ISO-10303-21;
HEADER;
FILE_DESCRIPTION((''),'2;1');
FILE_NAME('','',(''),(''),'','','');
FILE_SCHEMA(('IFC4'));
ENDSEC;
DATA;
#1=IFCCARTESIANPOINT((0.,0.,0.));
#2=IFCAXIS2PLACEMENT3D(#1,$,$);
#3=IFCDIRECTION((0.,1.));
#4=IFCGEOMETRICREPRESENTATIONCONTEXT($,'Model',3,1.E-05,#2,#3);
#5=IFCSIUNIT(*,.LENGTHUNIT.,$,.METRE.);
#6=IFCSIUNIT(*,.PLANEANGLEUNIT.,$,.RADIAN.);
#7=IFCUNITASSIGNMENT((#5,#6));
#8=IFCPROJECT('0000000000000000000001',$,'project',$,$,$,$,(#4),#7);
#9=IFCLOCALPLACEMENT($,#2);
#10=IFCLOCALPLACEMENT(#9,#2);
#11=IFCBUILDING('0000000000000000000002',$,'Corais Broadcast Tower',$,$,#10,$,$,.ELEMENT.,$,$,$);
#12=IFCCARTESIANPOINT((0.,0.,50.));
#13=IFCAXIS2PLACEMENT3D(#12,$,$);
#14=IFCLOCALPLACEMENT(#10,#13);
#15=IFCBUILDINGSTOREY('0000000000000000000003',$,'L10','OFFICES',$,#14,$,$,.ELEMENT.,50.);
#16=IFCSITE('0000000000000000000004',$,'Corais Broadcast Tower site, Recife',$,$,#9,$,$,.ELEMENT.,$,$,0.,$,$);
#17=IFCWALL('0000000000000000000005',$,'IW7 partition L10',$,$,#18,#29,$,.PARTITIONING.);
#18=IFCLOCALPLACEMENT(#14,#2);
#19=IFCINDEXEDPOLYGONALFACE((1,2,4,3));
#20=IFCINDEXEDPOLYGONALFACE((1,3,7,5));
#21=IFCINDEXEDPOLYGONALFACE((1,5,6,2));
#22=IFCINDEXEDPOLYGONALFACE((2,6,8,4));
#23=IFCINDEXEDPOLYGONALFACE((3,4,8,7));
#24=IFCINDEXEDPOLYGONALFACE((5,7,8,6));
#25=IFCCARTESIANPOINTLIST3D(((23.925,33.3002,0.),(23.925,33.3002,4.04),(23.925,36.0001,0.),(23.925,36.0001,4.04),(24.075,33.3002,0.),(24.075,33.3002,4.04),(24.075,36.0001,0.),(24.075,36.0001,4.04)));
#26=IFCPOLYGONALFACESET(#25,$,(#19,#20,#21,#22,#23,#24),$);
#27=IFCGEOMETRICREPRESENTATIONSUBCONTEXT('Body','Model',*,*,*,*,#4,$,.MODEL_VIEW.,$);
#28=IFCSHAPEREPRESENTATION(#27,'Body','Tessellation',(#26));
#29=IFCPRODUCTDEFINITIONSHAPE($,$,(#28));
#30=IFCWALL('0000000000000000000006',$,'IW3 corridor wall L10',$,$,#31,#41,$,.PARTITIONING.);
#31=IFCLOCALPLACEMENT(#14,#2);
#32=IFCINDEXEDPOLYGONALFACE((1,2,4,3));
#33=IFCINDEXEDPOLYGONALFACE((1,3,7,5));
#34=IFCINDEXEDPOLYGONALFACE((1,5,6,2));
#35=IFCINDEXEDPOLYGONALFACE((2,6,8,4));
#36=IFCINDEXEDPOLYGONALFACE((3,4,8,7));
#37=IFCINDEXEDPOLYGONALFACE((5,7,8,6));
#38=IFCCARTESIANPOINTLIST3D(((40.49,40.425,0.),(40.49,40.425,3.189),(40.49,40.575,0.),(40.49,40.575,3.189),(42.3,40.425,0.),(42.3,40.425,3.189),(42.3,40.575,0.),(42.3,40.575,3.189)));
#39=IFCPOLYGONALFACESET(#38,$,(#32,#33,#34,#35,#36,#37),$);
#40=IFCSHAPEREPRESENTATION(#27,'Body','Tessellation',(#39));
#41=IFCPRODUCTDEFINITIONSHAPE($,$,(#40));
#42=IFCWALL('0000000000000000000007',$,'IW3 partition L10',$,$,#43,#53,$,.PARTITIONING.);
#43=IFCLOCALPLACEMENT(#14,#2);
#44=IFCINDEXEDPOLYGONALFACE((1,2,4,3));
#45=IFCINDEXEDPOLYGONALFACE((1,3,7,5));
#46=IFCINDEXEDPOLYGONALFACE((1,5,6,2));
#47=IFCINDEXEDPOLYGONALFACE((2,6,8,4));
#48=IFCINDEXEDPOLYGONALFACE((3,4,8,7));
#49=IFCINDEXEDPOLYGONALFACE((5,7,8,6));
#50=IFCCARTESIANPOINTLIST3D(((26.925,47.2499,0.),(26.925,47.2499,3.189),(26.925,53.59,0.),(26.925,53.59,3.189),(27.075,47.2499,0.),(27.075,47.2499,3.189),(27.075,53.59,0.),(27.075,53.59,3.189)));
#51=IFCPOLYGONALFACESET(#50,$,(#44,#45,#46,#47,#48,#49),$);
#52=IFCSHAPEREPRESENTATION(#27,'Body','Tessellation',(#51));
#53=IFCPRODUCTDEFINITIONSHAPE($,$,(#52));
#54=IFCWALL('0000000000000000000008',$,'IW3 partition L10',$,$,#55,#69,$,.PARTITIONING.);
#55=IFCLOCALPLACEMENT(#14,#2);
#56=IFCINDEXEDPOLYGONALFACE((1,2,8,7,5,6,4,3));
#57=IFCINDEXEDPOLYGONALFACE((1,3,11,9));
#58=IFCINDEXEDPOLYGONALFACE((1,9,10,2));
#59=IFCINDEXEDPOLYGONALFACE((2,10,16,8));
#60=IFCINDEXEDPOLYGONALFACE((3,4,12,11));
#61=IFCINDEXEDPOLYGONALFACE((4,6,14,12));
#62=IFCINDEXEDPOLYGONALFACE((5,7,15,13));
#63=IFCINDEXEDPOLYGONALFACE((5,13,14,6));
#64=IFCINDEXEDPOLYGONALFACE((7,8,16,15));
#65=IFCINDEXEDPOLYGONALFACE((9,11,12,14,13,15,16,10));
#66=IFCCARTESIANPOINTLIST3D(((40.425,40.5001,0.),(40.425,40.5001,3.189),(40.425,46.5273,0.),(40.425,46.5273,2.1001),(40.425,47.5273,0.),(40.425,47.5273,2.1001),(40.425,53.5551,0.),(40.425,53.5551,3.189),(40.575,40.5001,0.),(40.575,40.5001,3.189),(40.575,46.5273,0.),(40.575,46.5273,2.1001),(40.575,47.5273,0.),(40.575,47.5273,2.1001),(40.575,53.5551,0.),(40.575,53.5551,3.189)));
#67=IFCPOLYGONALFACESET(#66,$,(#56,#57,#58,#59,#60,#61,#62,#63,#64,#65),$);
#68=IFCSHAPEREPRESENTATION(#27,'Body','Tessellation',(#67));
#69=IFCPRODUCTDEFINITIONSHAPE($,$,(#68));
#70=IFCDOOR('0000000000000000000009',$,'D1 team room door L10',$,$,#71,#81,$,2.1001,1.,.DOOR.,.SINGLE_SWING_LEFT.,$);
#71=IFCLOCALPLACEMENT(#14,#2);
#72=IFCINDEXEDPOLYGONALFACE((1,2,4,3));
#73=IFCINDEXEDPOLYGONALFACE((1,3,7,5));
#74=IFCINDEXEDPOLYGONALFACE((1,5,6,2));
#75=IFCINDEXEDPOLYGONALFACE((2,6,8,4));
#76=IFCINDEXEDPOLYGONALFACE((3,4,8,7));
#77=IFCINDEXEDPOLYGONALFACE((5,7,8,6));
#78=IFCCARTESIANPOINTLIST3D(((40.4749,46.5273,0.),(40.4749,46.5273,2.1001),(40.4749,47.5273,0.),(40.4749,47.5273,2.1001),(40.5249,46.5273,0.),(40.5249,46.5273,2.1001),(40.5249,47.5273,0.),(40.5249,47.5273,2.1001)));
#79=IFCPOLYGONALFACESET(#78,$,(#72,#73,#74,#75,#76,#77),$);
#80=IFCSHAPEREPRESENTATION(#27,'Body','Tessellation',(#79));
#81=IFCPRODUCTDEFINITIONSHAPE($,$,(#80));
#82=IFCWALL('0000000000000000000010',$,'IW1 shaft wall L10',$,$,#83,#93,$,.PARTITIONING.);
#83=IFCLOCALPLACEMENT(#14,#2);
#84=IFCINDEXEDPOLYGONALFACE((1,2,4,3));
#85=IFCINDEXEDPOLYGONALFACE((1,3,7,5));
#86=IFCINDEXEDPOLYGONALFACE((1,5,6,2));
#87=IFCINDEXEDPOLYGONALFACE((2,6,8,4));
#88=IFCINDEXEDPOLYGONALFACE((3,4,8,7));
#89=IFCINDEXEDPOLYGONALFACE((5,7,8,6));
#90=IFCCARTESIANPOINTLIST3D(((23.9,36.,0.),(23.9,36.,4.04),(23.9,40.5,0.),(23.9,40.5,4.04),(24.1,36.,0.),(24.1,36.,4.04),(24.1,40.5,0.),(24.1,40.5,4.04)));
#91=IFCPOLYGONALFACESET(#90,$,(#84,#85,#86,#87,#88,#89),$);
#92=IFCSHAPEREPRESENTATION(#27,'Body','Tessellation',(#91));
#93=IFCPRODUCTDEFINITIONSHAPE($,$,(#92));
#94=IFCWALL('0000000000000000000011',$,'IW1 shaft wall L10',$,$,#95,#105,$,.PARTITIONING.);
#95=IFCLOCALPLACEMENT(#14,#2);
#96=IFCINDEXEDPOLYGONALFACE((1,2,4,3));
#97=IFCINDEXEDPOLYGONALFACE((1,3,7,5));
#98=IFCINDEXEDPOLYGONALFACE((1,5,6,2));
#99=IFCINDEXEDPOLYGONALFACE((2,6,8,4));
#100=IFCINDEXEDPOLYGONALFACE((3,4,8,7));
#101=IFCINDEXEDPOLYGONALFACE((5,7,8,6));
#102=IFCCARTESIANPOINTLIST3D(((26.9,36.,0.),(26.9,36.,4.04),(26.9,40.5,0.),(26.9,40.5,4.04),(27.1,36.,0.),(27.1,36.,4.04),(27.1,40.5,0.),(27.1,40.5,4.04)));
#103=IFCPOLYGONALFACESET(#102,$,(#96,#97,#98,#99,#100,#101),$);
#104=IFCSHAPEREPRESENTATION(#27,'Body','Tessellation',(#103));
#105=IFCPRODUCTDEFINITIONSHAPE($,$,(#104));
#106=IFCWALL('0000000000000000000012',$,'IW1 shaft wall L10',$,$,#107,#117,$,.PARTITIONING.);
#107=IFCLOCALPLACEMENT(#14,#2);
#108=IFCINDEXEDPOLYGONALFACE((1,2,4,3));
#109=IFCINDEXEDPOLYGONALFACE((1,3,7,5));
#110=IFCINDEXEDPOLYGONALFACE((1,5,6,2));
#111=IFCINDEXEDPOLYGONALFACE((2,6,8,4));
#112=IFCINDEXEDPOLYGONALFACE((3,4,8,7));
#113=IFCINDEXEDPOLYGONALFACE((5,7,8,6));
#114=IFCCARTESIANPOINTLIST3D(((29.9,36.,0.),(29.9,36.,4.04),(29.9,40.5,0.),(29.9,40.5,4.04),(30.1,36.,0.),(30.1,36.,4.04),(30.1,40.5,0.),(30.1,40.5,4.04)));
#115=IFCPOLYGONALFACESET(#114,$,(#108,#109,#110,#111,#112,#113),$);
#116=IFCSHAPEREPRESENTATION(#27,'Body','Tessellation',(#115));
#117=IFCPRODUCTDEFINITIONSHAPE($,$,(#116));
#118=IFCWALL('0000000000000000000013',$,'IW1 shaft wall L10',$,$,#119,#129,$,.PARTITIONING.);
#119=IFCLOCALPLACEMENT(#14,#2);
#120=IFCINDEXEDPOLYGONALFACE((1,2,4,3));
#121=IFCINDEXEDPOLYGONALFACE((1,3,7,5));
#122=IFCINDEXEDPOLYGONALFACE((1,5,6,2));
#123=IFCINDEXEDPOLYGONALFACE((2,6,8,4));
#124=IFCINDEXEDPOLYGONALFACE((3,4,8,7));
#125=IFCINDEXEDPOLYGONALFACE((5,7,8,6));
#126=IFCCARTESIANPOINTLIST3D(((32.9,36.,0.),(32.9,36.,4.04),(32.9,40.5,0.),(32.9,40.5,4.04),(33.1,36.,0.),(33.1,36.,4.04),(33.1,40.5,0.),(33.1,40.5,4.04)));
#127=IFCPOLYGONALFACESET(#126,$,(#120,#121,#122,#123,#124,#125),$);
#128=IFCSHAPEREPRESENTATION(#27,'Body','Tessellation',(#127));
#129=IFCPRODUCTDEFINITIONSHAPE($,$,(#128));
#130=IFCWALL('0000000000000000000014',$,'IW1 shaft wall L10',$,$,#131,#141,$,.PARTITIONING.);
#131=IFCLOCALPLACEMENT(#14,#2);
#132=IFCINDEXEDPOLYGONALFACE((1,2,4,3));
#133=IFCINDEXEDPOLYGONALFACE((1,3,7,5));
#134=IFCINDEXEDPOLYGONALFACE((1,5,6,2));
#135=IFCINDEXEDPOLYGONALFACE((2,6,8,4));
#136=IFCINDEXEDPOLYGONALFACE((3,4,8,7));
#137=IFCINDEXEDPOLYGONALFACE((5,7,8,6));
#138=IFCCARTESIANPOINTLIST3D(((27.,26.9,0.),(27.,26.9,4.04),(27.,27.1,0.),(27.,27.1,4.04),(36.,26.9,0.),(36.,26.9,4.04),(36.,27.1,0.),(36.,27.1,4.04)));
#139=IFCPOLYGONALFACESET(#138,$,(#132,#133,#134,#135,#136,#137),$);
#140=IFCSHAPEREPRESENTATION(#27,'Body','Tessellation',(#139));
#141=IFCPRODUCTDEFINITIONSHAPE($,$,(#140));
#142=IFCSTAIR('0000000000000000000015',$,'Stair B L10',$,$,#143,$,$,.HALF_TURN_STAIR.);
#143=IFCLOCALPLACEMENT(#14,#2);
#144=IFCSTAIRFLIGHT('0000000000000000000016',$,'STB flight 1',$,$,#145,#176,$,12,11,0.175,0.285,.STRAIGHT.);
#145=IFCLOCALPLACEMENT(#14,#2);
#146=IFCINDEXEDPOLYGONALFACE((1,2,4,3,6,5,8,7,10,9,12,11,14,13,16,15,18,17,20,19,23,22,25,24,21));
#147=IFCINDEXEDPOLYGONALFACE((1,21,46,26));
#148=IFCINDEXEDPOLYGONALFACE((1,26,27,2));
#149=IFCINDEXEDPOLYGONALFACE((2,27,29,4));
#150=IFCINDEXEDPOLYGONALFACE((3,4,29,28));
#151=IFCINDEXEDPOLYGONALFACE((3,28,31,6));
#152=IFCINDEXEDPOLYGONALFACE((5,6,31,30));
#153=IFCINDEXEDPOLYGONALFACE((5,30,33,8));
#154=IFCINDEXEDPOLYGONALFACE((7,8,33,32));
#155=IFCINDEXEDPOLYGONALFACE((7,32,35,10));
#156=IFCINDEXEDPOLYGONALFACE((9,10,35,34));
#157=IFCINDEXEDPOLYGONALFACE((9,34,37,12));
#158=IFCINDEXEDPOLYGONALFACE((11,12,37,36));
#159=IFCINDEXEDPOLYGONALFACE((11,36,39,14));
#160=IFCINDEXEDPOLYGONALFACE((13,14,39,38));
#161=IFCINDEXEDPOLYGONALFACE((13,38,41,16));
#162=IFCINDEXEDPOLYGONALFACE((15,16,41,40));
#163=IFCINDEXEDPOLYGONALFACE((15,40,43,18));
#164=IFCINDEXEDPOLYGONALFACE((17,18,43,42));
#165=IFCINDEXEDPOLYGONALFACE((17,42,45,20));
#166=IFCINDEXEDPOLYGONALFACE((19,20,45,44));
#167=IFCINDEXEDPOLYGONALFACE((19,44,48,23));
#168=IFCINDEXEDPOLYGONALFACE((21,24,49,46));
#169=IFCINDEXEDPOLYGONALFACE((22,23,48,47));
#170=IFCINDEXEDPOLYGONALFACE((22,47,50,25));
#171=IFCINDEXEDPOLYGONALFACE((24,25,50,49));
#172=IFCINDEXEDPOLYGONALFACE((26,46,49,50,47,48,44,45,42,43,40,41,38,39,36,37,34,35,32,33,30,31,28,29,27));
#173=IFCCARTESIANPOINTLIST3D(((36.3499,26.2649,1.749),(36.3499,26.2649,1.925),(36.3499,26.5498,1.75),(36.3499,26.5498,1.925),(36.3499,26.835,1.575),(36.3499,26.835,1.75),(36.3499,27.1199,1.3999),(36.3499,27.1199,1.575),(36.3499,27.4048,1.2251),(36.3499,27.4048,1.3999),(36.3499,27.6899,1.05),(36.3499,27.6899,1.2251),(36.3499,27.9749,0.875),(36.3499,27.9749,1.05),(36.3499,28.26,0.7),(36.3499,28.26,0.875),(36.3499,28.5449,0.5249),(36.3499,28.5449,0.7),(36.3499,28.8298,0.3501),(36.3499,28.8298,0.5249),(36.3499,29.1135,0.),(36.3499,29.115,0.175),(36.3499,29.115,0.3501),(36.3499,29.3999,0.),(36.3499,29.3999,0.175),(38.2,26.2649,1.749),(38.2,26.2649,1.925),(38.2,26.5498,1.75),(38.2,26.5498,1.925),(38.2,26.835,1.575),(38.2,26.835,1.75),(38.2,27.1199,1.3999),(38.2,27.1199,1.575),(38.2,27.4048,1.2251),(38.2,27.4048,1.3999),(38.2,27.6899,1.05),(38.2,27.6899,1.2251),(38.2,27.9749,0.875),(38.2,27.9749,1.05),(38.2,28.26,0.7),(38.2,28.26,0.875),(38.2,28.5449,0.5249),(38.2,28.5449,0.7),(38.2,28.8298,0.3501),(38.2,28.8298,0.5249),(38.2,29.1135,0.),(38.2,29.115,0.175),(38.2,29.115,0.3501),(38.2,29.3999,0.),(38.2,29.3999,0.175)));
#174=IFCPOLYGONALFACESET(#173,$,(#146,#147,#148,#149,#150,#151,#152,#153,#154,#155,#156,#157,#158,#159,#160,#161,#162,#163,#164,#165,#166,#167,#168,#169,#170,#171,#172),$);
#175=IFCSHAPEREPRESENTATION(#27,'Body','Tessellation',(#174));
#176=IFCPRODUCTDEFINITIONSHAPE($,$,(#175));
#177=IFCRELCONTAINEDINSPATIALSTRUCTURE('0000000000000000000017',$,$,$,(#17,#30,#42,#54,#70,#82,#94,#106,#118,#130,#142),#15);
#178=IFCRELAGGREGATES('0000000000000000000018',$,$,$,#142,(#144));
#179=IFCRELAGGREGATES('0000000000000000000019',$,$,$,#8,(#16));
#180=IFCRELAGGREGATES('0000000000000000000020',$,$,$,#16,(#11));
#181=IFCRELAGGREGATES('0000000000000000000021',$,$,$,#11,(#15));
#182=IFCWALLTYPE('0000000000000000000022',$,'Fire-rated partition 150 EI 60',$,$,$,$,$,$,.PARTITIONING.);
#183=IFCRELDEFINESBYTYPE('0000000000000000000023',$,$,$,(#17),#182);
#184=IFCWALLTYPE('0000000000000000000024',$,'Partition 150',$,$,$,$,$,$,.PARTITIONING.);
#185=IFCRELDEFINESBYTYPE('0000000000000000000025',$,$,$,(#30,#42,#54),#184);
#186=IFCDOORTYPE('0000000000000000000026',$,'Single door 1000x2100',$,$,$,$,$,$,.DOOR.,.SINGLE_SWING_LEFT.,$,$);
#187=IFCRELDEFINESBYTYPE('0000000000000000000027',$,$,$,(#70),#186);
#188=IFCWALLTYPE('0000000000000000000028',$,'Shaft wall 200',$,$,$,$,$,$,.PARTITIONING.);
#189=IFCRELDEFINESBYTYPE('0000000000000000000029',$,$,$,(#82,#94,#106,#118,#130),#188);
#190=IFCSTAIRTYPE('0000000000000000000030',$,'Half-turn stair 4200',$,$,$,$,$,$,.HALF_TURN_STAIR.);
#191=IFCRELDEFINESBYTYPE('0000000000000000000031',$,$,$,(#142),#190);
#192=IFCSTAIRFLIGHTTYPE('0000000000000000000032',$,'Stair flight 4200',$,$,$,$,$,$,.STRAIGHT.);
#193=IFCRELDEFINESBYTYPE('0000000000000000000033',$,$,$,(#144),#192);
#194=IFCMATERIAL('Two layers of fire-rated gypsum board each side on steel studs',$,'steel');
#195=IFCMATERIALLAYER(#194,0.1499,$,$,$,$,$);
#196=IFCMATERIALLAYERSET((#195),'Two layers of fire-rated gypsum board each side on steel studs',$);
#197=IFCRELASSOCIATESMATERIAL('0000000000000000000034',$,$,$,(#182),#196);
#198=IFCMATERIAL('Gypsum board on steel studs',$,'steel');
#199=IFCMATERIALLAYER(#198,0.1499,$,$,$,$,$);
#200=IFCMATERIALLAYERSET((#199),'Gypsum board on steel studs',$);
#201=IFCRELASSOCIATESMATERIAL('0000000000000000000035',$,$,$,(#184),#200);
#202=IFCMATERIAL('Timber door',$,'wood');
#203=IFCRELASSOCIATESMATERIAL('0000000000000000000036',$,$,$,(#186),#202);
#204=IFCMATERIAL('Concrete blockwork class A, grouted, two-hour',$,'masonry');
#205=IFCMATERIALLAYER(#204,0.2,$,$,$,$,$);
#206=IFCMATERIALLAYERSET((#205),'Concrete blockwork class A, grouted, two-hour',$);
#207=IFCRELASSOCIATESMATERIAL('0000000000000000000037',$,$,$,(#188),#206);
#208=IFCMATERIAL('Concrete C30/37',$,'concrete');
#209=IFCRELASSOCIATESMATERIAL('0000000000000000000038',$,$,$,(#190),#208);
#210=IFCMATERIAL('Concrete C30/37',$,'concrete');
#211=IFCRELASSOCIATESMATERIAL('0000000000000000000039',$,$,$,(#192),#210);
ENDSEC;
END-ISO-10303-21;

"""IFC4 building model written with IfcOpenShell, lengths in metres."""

from ifc_helpers import new_model, si_unit, direction, frame, frame_2d, origin, place, context, subcontext, project, spatial, polyline, rectangle, outline, extrude, material, layer, layer_set, type_object, element, fill, aggregate, save


model = new_model("IFC4")

# Units and contexts
model_context = context("Model", 3, precision=1e-05, world=origin(), true_north=direction((0.0, 1.0)))
body_context = subcontext(model_context, "Body", "Model", "MODEL_VIEW")
ifc_project = project(units=[si_unit("LENGTHUNIT", "METRE"), si_unit("PLANEANGLEUNIT", "RADIAN")], contexts=[model_context])

# Site, building, storey
site_placement = place(None, origin())
site = spatial("IfcSite", under=ifc_project, at=site_placement, Name="Corais Broadcast Tower site, Recife", CompositionType="ELEMENT", RefElevation=0.0)
building_placement = place(site_placement, origin())
building = spatial("IfcBuilding", under=site, at=building_placement, Name="Corais Broadcast Tower", CompositionType="ELEMENT")
storey_placement = place(building_placement, frame((0.0, 0.0, 50.0)))
storey = spatial("IfcBuildingStorey", under=building, at=storey_placement, Name="L10", Description="OFFICES", CompositionType="ELEMENT", Elevation=50.0)

# Shared definitions
ifc_material_1 = material(Name="Two layers of fire-rated gypsum board each side on steel studs", Category="steel")
ifc_layer_1 = layer(ifc_material_1, 0.1499)
ifc_layer_set_1 = layer_set([ifc_layer_1], Name="Two layers of fire-rated gypsum board each side on steel studs")
wall_type_1 = type_object("IfcWallType", Name="Fire-rated partition 150 EI 60", PredefinedType="PARTITIONING", material=ifc_layer_set_1)

# Walls
wall_1_placement = place(storey_placement, frame((24.0, 33.3, 0.0), z_axis=(0.0, 0.0, 1.0), x_axis=(0.0, 1.0, 0.0)))
element("IfcWall", 1, at=wall_1_placement, inside=storey, type_object=wall_type_1, Name="IW7 partition L10", PredefinedType="PARTITIONING", context=body_context, shape_type="SweptSolid", body=[
    extrude(rectangle(XDim=2.7, YDim=0.1499, at=frame_2d((1.3501, 0.0))), origin(), (0.0, 0.0, 1.0), 4.04),
])
ifc_material_2 = material(Name="Gypsum board on steel studs", Category="steel")
ifc_layer_2 = layer(ifc_material_2, 0.1499)
ifc_layer_set_2 = layer_set([ifc_layer_2], Name="Gypsum board on steel studs")
wall_type_2 = type_object("IfcWallType", Name="Partition 150", PredefinedType="PARTITIONING", material=ifc_layer_set_2)
wall_2_placement = place(storey_placement, frame((42.3, 40.5, 0.0), z_axis=(0.0, 0.0, 1.0), x_axis=(-1.0, 0.0, 0.0)))
element("IfcWall", 2, at=wall_2_placement, inside=storey, type_object=wall_type_2, Name="IW3 corridor wall L10", PredefinedType="PARTITIONING", context=body_context, shape_type="SweptSolid", body=[
    extrude(rectangle(XDim=1.8101, YDim=0.1499, at=frame_2d((0.905, 0.0))), origin(), (0.0, 0.0, 1.0), 3.189),
])
wall_3_placement = place(storey_placement, frame((27.0, 47.25, 0.0), z_axis=(0.0, 0.0, 1.0), x_axis=(0.0, 1.0, 0.0)))
element("IfcWall", 3, at=wall_3_placement, inside=storey, type_object=wall_type_2, Name="IW3 partition L10", PredefinedType="PARTITIONING", context=body_context, shape_type="SweptSolid", body=[
    extrude(rectangle(XDim=6.3401, YDim=0.1499, at=frame_2d((3.1699, 0.0))), origin(), (0.0, 0.0, 1.0), 3.189),
])

# Wall, opening, door
wall_4_placement = place(storey_placement, frame((40.5, 53.5549, 0.0), z_axis=(0.0, 0.0, 1.0), x_axis=(0.0, -1.0, 0.0)))
wall_4 = element("IfcWall", 4, at=wall_4_placement, inside=storey, type_object=wall_type_2, Name="IW3 partition L10", PredefinedType="PARTITIONING", context=body_context, shape_type="SweptSolid", body=[
    extrude(rectangle(XDim=13.0549, YDim=0.1499, at=frame_2d((6.5273, 0.0))), origin(), (0.0, 0.0, 1.0), 3.189),
])
opening_1_placement = place(wall_4_placement, frame((6.0276, 0.0, 0.0)))
opening_1 = element("IfcOpeningElement", 5, at=opening_1_placement, cuts=wall_4, PredefinedType="OPENING", context=body_context, shape_type="SweptSolid", body=[
    extrude(rectangle(XDim=1.0, YDim=2.1001, at=frame_2d((0.5, 1.05))), frame((0.0, 0.085, 0.0), z_axis=(0.0, -1.0, 0.0), x_axis=(1.0, 0.0, 0.0)), (0.0, 0.0, 1.0), 0.1699),
])
ifc_material_3 = material(Name="Timber door", Category="wood")
door_type_1 = type_object("IfcDoorType", Name="Single door 1000x2100", OperationType="SINGLE_SWING_LEFT", PredefinedType="DOOR", material=ifc_material_3)
door_1_placement = place(opening_1_placement, origin())
door_1 = element("IfcDoor", 6, at=door_1_placement, inside=storey, type_object=door_type_1, Name="D1 team room door L10", OperationType="SINGLE_SWING_LEFT", OverallHeight=2.1001, OverallWidth=1.0, PredefinedType="DOOR", context=body_context, shape_type="SweptSolid", body=[
    extrude(rectangle(XDim=1.0, YDim=2.1001, at=frame_2d((0.5, 1.05))), frame((0.0, 0.0249, 0.0), z_axis=(0.0, -1.0, 0.0), x_axis=(1.0, 0.0, 0.0)), (0.0, 0.0, 1.0), 0.05),
])
fill(opening_1, door_1)

# Walls
ifc_material_4 = material(Name="Concrete blockwork class A, grouted, two-hour", Category="masonry")
ifc_layer_3 = layer(ifc_material_4, 0.2)
ifc_layer_set_3 = layer_set([ifc_layer_3], Name="Concrete blockwork class A, grouted, two-hour")
wall_type_3 = type_object("IfcWallType", Name="Shaft wall 200", PredefinedType="PARTITIONING", material=ifc_layer_set_3)
for number, where, z_axis, x_axis, name in (
    (7, (24.0, 36.0, 0.0), (0.0, 0.0, 1.0), (0.0, 1.0, 0.0), "IW1 shaft wall L10"),
    (8, (27.0, 36.0, 0.0), (0.0, 0.0, 1.0), (0.0, 1.0, 0.0), "IW1 shaft wall L10"),
    (9, (30.0, 36.0, 0.0), (0.0, 0.0, 1.0), (0.0, 1.0, 0.0), "IW1 shaft wall L10"),
    (10, (33.0, 36.0, 0.0), (0.0, 0.0, 1.0), (0.0, 1.0, 0.0), "IW1 shaft wall L10"),
):
    element("IfcWall", number, at=place(storey_placement, frame(where, z_axis=z_axis, x_axis=x_axis)), inside=storey, type_object=wall_type_3, Name=name, PredefinedType="PARTITIONING", context=body_context, shape_type="SweptSolid", body=[
        extrude(rectangle(XDim=4.5, YDim=0.2, at=frame_2d((2.25, 0.0))), origin(), (0.0, 0.0, 1.0), 4.04),
    ])
wall_5_placement = place(storey_placement, frame((27.0, 27.0, 0.0), z_axis=(0.0, 0.0, 1.0), x_axis=(1.0, 0.0, 0.0)))
element("IfcWall", 11, at=wall_5_placement, inside=storey, type_object=wall_type_3, Name="IW1 shaft wall L10", PredefinedType="PARTITIONING", context=body_context, shape_type="SweptSolid", body=[
    extrude(rectangle(XDim=9.0, YDim=0.2, at=frame_2d((4.5, 0.0))), origin(), (0.0, 0.0, 1.0), 4.04),
])

# Stair, stair flight
ifc_material_5 = material(Name="Concrete C30/37", Category="concrete")
stair_type = type_object("IfcStairType", Name="Half-turn stair 4200", PredefinedType="HALF_TURN_STAIR", material=ifc_material_5)
stair_placement = place(storey_placement, origin())
stair = element("IfcStair", 12, at=stair_placement, inside=storey, type_object=stair_type, Name="Stair B L10", PredefinedType="HALF_TURN_STAIR")
ifc_material_6 = material(Name="Concrete C30/37", Category="concrete")
stair_flight_type = type_object("IfcStairFlightType", Name="Stair flight 4200", PredefinedType="STRAIGHT", material=ifc_material_6)
stair_flight_placement = place(storey_placement, frame((37.2749, 29.3999, 0.0), z_axis=(0.0, 0.0, 1.0), x_axis=(0.0, -1.0, 0.0)))
stair_flight = element("IfcStairFlight", 13, at=stair_flight_placement, type_object=stair_flight_type, Name="STB flight 1", NumberOfRisers=12, NumberOfTreads=11, PredefinedType="STRAIGHT", RiserHeight=0.175, TreadLength=0.285, context=body_context, shape_type="SweptSolid", body=[
    extrude(outline(polyline([(0.0, 0.0), (0.0, 0.175), (0.2849, 0.175), (0.2849, 0.3501), (0.5701, 0.3501), (0.5701, 0.5249), (0.855, 0.5249), (0.855, 0.7), (1.1399, 0.7), (1.1399, 0.875), (1.425, 0.875), (1.425, 1.05), (1.71, 1.05), (1.71, 1.2251), (1.9951, 1.2251), (1.9951, 1.3999), (2.28, 1.3999), (2.28, 1.575), (2.5649, 1.575), (2.5649, 1.75), (2.8501, 1.75), (2.8501, 1.925), (3.135, 1.925), (3.135, 2.1001), (3.135, 1.749), (0.2864, 0.0), (0.0, 0.0)])), frame((0.0, 0.925, 0.0), z_axis=(0.0, -1.0, 0.0), x_axis=(1.0, 0.0, 0.0)), (0.0, 0.0, 1.0), 1.8501),
])
aggregate(stair, [stair_flight])

save(model, "model.ifc")
